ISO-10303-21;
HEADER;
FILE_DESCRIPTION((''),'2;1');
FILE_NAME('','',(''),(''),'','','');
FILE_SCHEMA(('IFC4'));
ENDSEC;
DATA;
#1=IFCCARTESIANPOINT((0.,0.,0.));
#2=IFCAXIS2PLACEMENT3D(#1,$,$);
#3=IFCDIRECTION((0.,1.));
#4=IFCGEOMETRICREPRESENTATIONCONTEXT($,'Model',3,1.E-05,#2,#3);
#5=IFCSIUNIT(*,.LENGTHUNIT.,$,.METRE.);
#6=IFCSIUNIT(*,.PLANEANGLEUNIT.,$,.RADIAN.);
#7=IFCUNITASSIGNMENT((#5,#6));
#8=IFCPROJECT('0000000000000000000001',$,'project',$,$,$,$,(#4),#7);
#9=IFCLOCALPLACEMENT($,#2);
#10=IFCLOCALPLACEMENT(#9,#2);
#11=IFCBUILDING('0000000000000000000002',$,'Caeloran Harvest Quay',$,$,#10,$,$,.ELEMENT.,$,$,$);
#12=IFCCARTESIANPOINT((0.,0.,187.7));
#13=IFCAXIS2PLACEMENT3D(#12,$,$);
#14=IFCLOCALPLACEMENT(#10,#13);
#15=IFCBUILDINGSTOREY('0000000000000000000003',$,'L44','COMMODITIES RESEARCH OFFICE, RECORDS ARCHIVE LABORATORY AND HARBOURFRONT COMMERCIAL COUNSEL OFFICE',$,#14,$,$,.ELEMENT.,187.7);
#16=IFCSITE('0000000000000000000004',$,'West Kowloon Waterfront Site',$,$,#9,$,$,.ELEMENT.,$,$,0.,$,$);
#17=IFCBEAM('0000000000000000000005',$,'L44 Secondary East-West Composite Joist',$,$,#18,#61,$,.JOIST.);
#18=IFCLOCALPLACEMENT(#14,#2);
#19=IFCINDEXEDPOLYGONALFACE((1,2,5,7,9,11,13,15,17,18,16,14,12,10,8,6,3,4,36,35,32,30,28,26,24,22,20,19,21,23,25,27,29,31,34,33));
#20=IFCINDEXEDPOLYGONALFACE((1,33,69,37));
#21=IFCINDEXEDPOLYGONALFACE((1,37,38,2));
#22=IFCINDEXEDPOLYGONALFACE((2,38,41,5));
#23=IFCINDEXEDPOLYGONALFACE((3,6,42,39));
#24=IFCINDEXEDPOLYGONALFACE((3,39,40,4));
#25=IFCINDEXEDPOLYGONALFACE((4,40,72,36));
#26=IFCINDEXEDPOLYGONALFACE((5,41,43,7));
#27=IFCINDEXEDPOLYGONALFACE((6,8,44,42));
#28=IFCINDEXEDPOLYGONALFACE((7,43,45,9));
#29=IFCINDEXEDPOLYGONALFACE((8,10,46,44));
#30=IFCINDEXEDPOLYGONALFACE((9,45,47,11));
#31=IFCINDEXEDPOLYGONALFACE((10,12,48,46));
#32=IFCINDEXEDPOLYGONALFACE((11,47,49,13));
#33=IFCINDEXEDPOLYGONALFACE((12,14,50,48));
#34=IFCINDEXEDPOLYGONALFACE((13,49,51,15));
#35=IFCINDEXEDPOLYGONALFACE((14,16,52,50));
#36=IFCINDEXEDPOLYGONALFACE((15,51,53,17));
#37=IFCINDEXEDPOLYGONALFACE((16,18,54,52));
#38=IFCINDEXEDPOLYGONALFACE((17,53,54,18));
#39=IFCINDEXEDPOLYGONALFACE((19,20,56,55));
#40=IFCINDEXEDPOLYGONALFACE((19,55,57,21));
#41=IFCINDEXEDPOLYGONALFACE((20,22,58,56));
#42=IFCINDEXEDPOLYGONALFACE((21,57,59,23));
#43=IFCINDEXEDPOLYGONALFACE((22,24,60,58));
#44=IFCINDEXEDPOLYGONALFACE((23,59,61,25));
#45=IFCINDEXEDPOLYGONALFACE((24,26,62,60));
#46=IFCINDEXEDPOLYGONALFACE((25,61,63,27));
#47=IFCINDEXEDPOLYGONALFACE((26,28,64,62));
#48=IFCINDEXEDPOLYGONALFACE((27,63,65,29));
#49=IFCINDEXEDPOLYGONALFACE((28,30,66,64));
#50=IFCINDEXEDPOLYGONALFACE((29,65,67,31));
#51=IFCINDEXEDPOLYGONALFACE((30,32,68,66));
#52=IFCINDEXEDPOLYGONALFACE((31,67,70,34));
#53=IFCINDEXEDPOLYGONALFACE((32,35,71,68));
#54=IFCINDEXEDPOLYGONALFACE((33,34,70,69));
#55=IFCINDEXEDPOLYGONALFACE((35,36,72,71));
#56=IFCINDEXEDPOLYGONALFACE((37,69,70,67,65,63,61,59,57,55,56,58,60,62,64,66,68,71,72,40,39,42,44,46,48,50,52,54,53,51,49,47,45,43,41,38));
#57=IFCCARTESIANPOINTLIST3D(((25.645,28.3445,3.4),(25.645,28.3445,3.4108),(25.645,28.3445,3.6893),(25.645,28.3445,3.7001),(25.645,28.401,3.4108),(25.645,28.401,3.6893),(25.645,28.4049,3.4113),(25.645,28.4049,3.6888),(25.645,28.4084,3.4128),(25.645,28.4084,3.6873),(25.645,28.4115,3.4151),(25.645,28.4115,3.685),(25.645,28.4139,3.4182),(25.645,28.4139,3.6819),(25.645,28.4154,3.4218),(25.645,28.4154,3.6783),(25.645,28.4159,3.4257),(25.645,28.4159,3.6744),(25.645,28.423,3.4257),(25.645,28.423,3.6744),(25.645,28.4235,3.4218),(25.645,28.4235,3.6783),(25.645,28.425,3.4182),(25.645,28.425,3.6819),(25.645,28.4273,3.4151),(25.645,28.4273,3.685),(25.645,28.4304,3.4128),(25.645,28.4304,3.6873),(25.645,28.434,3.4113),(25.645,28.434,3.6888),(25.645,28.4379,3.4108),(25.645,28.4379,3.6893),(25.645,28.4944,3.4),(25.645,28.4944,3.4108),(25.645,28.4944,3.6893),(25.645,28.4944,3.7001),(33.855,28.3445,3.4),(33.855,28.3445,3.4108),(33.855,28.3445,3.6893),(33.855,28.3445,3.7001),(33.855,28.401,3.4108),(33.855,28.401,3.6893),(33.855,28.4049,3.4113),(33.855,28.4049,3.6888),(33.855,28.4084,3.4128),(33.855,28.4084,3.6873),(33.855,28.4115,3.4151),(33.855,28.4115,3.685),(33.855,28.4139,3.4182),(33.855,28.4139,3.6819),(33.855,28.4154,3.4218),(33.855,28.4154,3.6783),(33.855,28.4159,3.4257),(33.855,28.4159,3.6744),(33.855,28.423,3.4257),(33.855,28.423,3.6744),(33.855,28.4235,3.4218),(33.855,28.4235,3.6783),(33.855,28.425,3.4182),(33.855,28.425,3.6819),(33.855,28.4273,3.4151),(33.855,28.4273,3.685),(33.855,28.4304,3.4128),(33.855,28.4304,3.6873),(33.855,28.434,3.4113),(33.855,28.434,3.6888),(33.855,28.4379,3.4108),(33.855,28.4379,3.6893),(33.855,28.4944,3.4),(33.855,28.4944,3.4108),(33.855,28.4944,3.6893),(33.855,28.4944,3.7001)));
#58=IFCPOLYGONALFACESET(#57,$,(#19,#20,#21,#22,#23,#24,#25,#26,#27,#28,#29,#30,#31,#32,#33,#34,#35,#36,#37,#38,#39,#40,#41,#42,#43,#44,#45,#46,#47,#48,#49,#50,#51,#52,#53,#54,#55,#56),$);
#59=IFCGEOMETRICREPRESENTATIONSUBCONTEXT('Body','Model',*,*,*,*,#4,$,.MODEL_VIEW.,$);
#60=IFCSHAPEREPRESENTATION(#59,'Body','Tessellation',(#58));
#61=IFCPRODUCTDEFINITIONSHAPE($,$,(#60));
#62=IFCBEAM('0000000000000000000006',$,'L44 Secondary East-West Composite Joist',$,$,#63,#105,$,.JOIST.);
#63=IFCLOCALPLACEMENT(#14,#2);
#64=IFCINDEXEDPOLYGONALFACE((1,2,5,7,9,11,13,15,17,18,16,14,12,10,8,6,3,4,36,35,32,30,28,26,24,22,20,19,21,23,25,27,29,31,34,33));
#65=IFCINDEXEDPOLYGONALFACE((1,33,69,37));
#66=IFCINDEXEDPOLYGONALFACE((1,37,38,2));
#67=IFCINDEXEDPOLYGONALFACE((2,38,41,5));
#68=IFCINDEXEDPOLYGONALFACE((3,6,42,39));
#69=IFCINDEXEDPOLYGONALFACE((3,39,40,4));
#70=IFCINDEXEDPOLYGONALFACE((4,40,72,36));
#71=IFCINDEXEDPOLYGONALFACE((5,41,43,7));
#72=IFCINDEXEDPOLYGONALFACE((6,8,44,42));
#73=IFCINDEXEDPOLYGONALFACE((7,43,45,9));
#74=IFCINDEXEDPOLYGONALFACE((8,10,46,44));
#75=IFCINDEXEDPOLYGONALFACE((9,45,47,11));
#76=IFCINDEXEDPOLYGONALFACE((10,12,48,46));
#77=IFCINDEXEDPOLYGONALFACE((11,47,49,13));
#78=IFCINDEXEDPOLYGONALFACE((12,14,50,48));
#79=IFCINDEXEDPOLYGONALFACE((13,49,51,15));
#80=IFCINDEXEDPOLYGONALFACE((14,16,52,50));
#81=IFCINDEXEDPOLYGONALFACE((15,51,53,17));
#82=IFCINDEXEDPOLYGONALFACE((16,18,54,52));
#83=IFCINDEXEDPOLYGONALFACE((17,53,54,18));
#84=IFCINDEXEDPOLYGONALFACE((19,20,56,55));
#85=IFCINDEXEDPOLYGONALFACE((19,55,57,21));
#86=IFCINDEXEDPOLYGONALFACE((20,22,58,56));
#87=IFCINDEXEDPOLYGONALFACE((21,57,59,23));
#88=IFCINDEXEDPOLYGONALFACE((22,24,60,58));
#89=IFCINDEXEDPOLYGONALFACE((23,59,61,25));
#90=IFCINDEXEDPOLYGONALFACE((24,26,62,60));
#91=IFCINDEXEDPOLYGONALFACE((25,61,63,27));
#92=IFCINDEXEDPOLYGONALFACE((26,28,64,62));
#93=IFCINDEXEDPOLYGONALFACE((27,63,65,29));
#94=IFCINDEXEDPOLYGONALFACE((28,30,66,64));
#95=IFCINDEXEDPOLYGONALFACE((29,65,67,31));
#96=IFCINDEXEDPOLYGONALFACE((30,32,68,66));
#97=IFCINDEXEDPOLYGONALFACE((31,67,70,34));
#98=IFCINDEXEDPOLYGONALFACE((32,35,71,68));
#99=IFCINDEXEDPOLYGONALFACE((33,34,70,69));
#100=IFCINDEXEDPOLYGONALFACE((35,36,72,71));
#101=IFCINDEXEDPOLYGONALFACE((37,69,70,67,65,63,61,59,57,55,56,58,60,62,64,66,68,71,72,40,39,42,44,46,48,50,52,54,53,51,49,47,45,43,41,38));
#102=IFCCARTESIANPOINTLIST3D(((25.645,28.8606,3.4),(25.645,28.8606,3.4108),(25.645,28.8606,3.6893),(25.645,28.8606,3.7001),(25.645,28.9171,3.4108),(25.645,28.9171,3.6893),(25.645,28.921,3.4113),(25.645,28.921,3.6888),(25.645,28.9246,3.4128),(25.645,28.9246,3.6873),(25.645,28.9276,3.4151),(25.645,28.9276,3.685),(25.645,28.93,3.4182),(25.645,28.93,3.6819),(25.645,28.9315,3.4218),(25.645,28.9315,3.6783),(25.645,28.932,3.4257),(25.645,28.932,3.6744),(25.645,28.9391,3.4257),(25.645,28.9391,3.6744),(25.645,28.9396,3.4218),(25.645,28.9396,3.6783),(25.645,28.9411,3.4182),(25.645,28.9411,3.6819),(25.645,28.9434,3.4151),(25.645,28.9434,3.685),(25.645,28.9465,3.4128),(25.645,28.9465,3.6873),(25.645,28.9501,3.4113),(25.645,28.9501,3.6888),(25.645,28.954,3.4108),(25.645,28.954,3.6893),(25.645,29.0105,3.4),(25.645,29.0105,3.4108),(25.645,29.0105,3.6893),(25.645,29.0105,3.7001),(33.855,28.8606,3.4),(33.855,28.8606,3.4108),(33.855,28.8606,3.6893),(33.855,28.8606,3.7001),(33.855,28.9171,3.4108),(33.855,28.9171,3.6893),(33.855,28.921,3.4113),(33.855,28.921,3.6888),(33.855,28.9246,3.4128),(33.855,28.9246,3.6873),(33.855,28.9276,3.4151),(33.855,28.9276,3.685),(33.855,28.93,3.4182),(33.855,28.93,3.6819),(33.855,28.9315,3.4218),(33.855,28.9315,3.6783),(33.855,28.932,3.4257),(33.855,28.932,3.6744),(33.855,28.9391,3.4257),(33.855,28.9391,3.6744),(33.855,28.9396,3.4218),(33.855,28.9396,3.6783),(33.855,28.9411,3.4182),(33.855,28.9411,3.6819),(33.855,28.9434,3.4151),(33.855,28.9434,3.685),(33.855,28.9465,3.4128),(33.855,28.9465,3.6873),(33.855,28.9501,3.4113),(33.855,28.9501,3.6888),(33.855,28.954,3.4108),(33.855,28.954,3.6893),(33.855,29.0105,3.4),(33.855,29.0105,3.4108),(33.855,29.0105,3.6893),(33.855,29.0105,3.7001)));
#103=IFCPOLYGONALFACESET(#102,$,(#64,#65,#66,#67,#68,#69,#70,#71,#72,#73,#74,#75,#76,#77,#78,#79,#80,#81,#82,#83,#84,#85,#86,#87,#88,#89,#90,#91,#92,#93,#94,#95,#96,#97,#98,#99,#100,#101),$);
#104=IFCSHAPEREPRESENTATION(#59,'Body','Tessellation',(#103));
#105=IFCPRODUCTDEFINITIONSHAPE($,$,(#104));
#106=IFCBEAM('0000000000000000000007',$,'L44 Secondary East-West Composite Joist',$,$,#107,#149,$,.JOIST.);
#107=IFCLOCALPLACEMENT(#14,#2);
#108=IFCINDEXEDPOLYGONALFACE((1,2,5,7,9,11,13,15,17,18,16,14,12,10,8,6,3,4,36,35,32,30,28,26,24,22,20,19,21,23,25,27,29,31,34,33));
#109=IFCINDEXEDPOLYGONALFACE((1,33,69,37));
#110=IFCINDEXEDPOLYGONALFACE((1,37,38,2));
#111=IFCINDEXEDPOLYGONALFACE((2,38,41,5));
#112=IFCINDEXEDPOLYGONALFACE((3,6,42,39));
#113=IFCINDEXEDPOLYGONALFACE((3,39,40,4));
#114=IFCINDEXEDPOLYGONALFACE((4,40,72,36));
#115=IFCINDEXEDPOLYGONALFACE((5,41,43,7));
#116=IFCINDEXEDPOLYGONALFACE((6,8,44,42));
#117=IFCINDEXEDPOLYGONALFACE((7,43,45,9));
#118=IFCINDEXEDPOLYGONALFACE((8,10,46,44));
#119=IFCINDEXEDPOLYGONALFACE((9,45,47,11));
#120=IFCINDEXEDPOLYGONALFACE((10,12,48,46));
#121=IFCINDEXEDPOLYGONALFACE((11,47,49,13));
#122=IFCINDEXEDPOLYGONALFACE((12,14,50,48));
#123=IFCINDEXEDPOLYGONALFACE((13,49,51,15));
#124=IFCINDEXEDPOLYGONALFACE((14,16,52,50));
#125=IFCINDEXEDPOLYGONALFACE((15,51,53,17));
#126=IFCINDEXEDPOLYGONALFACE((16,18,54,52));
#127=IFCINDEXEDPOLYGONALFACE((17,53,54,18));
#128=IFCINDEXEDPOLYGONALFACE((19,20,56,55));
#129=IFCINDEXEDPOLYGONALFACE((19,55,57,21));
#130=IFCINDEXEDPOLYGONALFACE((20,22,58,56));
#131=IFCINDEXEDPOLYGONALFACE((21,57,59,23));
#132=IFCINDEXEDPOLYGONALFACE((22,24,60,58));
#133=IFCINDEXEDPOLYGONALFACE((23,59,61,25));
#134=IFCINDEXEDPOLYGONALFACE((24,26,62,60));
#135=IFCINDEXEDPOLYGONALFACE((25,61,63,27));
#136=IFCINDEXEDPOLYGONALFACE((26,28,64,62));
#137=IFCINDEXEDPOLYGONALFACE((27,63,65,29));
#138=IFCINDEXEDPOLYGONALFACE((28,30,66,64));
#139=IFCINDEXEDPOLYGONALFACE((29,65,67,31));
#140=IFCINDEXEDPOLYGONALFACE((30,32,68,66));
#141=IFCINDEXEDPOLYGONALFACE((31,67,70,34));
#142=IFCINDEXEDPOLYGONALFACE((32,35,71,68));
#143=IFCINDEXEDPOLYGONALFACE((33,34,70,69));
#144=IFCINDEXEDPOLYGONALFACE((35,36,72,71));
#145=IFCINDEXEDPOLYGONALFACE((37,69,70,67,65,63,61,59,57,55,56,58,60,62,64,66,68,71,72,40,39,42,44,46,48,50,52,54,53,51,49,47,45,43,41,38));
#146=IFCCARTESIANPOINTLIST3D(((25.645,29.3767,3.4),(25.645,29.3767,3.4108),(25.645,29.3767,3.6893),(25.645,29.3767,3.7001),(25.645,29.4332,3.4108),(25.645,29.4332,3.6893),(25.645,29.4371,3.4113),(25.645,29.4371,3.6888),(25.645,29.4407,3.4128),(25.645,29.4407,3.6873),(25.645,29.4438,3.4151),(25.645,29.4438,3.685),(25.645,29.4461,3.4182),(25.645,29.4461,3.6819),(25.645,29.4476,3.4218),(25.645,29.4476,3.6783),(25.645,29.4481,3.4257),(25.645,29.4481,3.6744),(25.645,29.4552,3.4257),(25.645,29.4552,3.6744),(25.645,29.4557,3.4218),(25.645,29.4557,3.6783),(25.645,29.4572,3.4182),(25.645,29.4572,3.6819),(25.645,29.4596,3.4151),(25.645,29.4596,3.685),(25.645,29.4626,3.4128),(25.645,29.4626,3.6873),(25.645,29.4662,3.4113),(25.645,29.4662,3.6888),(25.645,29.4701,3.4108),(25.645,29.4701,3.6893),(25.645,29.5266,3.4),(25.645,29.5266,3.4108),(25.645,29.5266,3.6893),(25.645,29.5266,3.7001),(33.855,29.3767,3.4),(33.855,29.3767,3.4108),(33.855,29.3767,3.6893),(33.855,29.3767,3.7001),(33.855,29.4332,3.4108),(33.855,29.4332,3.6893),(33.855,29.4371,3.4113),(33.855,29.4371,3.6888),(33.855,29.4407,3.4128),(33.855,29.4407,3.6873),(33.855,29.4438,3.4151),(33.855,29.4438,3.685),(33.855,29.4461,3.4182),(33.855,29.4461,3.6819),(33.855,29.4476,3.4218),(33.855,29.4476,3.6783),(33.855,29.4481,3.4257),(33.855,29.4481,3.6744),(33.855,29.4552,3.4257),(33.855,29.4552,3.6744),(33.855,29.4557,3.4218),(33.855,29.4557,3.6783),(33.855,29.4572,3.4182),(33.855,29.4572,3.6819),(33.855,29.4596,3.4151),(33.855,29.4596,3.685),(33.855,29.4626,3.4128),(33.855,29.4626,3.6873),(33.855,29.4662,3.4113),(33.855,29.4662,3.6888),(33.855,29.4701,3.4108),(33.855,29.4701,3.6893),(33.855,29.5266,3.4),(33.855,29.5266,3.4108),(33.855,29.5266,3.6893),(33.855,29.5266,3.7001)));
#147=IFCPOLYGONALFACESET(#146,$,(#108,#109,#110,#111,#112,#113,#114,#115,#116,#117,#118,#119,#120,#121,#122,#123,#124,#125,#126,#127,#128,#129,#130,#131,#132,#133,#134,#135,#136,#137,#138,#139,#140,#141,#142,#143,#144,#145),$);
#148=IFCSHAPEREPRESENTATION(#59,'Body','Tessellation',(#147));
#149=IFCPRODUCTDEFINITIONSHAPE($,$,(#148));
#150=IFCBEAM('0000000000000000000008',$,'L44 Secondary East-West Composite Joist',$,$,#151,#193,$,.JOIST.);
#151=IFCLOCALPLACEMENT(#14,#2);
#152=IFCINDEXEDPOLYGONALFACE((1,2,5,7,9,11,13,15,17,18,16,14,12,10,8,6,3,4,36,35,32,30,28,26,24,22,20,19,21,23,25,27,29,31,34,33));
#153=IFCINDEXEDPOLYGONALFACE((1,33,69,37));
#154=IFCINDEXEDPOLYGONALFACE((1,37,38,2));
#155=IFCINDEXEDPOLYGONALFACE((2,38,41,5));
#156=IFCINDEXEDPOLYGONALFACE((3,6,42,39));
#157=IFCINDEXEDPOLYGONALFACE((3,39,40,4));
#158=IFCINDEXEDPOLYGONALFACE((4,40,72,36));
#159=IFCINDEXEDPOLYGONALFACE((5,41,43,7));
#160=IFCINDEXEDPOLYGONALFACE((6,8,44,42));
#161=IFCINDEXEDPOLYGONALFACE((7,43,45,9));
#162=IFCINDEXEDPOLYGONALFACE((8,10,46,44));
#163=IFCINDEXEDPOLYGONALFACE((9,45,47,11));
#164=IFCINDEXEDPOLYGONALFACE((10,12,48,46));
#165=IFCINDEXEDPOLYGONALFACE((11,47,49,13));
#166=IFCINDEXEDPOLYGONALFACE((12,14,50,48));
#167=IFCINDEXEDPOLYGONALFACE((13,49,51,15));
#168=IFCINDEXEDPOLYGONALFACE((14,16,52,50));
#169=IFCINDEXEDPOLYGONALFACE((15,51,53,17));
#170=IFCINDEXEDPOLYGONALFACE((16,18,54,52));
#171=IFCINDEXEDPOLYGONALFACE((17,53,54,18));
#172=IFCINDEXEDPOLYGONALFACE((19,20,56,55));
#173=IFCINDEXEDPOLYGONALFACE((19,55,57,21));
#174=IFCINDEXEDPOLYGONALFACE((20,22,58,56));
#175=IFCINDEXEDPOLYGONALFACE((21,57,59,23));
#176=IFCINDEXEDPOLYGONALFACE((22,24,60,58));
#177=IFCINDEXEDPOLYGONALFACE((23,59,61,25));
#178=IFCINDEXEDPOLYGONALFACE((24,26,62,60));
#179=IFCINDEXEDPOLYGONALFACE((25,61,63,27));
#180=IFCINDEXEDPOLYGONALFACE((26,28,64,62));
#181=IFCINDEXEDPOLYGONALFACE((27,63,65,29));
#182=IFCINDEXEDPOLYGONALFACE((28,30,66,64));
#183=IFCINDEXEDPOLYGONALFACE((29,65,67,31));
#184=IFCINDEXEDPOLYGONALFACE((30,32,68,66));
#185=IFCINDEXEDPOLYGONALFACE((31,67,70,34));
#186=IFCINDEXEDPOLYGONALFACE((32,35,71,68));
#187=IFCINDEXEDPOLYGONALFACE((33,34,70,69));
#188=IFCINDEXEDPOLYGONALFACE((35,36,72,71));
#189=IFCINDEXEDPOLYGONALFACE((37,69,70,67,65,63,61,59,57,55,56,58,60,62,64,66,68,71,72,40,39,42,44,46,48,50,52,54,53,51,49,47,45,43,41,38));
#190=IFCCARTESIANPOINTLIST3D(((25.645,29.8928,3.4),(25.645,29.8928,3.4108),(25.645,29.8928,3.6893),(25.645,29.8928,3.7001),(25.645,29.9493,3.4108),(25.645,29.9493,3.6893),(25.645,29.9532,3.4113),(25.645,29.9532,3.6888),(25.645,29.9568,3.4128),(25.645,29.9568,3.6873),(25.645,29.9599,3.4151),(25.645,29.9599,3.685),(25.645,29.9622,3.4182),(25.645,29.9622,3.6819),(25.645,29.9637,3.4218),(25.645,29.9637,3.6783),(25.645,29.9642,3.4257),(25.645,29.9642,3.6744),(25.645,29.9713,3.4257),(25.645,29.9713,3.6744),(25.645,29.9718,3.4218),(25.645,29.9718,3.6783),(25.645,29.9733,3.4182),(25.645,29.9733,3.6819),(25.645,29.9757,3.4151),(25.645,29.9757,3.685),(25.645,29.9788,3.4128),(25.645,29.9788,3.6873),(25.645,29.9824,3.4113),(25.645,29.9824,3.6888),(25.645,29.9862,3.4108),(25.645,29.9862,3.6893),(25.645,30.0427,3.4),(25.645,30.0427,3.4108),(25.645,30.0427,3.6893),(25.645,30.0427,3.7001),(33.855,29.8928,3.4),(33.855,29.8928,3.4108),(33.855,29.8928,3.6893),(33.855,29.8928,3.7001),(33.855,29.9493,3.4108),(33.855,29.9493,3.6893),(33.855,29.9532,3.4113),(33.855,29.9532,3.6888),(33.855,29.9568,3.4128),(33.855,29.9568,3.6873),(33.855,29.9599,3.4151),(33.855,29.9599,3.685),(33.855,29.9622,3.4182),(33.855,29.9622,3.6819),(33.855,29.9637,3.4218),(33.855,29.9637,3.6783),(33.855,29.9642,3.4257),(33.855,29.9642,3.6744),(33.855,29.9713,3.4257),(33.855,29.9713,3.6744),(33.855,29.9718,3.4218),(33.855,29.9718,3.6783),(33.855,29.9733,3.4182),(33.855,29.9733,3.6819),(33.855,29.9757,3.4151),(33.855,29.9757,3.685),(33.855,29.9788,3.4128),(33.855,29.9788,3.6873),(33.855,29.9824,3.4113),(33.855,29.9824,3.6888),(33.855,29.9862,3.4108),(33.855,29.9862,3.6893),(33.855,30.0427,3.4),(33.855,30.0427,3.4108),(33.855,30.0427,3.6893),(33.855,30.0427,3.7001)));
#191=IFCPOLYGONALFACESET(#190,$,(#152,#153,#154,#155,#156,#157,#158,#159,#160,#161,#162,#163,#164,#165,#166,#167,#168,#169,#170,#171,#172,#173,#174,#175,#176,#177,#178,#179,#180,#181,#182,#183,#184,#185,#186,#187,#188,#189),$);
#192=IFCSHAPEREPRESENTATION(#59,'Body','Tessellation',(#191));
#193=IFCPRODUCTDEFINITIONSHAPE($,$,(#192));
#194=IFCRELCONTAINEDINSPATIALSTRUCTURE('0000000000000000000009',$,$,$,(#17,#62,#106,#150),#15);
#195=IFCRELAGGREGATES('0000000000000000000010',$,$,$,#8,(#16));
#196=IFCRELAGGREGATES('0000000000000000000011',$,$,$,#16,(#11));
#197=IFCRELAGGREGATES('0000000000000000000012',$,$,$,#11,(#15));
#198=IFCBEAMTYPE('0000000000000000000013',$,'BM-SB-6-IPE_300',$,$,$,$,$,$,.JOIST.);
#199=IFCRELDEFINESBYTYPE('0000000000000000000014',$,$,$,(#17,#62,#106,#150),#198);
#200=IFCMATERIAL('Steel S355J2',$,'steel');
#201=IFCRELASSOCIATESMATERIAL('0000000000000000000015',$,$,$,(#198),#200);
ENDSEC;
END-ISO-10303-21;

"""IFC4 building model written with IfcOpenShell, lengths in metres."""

from ifc_helpers import new_model, si_unit, direction, frame, origin, origin_2d, place, context, subcontext, project, spatial, i_section, extrude, material, material_profile, profile_set, type_object, element, save


model = new_model("IFC4")

# Units and contexts
model_context = context("Model", 3, precision=1e-05, world=origin(), true_north=direction((0.0, 1.0)))
body_context = subcontext(model_context, "Body", "Model", "MODEL_VIEW")
ifc_project = project(units=[si_unit("LENGTHUNIT", "METRE"), si_unit("PLANEANGLEUNIT", "RADIAN")], contexts=[model_context])

# Site, building, storey
site_placement = place(None, origin())
site = spatial("IfcSite", under=ifc_project, at=site_placement, Name="West Kowloon Waterfront Site", CompositionType="ELEMENT", RefElevation=0.0)
building_placement = place(site_placement, origin())
building = spatial("IfcBuilding", under=site, at=building_placement, Name="Caeloran Harvest Quay", CompositionType="ELEMENT")
storey_placement = place(building_placement, frame((0.0, 0.0, 187.7)))
storey = spatial("IfcBuildingStorey", under=building, at=storey_placement, Name="L44", Description="COMMODITIES RESEARCH OFFICE, RECORDS ARCHIVE LABORATORY AND HARBOURFRONT COMMERCIAL COUNSEL OFFICE", CompositionType="ELEMENT", Elevation=187.7)

# Beams
ifc_material_1 = material(Name="Steel S355J2", Category="steel")
ifc_material_profile_1 = material_profile(ifc_material_1, i_section(OverallWidth=0.1499, OverallDepth=0.3, WebThickness=0.0071, FlangeThickness=0.0107, FilletRadius=0.0149, at=origin_2d()), Name="IPE 300")
ifc_profile_set_1 = profile_set([ifc_material_profile_1], Name="Steel S355J2")
beam_type_1 = type_object("IfcBeamType", Name="BM-SB-6-IPE_300", PredefinedType="JOIST", material=ifc_profile_set_1)
for number, where, z_axis, x_axis, name in (
    (1, (25.645, 28.4194, 3.55), (1.0, 0.0, 0.0), (0.0, 1.0, 0.0), "L44 Secondary East-West Composite Joist"),
    (2, (25.645, 28.9355, 3.55), (1.0, 0.0, 0.0), (0.0, 1.0, 0.0), "L44 Secondary East-West Composite Joist"),
    (3, (25.645, 29.4517, 3.55), (1.0, 0.0, 0.0), (0.0, 1.0, 0.0), "L44 Secondary East-West Composite Joist"),
    (4, (25.645, 29.9678, 3.55), (1.0, 0.0, 0.0), (0.0, 1.0, 0.0), "L44 Secondary East-West Composite Joist"),
):
    element("IfcBeam", number, at=place(storey_placement, frame(where, z_axis=z_axis, x_axis=x_axis)), inside=storey, type_object=beam_type_1, Name=name, PredefinedType="JOIST", context=body_context, shape_type="SweptSolid", body=[
        extrude(i_section(OverallWidth=0.1499, OverallDepth=0.3, WebThickness=0.0071, FlangeThickness=0.0107, FilletRadius=0.0149, at=origin_2d()), origin(), (0.0, 0.0, 1.0), 8.21),
    ])

save(model, "model.ifc")
